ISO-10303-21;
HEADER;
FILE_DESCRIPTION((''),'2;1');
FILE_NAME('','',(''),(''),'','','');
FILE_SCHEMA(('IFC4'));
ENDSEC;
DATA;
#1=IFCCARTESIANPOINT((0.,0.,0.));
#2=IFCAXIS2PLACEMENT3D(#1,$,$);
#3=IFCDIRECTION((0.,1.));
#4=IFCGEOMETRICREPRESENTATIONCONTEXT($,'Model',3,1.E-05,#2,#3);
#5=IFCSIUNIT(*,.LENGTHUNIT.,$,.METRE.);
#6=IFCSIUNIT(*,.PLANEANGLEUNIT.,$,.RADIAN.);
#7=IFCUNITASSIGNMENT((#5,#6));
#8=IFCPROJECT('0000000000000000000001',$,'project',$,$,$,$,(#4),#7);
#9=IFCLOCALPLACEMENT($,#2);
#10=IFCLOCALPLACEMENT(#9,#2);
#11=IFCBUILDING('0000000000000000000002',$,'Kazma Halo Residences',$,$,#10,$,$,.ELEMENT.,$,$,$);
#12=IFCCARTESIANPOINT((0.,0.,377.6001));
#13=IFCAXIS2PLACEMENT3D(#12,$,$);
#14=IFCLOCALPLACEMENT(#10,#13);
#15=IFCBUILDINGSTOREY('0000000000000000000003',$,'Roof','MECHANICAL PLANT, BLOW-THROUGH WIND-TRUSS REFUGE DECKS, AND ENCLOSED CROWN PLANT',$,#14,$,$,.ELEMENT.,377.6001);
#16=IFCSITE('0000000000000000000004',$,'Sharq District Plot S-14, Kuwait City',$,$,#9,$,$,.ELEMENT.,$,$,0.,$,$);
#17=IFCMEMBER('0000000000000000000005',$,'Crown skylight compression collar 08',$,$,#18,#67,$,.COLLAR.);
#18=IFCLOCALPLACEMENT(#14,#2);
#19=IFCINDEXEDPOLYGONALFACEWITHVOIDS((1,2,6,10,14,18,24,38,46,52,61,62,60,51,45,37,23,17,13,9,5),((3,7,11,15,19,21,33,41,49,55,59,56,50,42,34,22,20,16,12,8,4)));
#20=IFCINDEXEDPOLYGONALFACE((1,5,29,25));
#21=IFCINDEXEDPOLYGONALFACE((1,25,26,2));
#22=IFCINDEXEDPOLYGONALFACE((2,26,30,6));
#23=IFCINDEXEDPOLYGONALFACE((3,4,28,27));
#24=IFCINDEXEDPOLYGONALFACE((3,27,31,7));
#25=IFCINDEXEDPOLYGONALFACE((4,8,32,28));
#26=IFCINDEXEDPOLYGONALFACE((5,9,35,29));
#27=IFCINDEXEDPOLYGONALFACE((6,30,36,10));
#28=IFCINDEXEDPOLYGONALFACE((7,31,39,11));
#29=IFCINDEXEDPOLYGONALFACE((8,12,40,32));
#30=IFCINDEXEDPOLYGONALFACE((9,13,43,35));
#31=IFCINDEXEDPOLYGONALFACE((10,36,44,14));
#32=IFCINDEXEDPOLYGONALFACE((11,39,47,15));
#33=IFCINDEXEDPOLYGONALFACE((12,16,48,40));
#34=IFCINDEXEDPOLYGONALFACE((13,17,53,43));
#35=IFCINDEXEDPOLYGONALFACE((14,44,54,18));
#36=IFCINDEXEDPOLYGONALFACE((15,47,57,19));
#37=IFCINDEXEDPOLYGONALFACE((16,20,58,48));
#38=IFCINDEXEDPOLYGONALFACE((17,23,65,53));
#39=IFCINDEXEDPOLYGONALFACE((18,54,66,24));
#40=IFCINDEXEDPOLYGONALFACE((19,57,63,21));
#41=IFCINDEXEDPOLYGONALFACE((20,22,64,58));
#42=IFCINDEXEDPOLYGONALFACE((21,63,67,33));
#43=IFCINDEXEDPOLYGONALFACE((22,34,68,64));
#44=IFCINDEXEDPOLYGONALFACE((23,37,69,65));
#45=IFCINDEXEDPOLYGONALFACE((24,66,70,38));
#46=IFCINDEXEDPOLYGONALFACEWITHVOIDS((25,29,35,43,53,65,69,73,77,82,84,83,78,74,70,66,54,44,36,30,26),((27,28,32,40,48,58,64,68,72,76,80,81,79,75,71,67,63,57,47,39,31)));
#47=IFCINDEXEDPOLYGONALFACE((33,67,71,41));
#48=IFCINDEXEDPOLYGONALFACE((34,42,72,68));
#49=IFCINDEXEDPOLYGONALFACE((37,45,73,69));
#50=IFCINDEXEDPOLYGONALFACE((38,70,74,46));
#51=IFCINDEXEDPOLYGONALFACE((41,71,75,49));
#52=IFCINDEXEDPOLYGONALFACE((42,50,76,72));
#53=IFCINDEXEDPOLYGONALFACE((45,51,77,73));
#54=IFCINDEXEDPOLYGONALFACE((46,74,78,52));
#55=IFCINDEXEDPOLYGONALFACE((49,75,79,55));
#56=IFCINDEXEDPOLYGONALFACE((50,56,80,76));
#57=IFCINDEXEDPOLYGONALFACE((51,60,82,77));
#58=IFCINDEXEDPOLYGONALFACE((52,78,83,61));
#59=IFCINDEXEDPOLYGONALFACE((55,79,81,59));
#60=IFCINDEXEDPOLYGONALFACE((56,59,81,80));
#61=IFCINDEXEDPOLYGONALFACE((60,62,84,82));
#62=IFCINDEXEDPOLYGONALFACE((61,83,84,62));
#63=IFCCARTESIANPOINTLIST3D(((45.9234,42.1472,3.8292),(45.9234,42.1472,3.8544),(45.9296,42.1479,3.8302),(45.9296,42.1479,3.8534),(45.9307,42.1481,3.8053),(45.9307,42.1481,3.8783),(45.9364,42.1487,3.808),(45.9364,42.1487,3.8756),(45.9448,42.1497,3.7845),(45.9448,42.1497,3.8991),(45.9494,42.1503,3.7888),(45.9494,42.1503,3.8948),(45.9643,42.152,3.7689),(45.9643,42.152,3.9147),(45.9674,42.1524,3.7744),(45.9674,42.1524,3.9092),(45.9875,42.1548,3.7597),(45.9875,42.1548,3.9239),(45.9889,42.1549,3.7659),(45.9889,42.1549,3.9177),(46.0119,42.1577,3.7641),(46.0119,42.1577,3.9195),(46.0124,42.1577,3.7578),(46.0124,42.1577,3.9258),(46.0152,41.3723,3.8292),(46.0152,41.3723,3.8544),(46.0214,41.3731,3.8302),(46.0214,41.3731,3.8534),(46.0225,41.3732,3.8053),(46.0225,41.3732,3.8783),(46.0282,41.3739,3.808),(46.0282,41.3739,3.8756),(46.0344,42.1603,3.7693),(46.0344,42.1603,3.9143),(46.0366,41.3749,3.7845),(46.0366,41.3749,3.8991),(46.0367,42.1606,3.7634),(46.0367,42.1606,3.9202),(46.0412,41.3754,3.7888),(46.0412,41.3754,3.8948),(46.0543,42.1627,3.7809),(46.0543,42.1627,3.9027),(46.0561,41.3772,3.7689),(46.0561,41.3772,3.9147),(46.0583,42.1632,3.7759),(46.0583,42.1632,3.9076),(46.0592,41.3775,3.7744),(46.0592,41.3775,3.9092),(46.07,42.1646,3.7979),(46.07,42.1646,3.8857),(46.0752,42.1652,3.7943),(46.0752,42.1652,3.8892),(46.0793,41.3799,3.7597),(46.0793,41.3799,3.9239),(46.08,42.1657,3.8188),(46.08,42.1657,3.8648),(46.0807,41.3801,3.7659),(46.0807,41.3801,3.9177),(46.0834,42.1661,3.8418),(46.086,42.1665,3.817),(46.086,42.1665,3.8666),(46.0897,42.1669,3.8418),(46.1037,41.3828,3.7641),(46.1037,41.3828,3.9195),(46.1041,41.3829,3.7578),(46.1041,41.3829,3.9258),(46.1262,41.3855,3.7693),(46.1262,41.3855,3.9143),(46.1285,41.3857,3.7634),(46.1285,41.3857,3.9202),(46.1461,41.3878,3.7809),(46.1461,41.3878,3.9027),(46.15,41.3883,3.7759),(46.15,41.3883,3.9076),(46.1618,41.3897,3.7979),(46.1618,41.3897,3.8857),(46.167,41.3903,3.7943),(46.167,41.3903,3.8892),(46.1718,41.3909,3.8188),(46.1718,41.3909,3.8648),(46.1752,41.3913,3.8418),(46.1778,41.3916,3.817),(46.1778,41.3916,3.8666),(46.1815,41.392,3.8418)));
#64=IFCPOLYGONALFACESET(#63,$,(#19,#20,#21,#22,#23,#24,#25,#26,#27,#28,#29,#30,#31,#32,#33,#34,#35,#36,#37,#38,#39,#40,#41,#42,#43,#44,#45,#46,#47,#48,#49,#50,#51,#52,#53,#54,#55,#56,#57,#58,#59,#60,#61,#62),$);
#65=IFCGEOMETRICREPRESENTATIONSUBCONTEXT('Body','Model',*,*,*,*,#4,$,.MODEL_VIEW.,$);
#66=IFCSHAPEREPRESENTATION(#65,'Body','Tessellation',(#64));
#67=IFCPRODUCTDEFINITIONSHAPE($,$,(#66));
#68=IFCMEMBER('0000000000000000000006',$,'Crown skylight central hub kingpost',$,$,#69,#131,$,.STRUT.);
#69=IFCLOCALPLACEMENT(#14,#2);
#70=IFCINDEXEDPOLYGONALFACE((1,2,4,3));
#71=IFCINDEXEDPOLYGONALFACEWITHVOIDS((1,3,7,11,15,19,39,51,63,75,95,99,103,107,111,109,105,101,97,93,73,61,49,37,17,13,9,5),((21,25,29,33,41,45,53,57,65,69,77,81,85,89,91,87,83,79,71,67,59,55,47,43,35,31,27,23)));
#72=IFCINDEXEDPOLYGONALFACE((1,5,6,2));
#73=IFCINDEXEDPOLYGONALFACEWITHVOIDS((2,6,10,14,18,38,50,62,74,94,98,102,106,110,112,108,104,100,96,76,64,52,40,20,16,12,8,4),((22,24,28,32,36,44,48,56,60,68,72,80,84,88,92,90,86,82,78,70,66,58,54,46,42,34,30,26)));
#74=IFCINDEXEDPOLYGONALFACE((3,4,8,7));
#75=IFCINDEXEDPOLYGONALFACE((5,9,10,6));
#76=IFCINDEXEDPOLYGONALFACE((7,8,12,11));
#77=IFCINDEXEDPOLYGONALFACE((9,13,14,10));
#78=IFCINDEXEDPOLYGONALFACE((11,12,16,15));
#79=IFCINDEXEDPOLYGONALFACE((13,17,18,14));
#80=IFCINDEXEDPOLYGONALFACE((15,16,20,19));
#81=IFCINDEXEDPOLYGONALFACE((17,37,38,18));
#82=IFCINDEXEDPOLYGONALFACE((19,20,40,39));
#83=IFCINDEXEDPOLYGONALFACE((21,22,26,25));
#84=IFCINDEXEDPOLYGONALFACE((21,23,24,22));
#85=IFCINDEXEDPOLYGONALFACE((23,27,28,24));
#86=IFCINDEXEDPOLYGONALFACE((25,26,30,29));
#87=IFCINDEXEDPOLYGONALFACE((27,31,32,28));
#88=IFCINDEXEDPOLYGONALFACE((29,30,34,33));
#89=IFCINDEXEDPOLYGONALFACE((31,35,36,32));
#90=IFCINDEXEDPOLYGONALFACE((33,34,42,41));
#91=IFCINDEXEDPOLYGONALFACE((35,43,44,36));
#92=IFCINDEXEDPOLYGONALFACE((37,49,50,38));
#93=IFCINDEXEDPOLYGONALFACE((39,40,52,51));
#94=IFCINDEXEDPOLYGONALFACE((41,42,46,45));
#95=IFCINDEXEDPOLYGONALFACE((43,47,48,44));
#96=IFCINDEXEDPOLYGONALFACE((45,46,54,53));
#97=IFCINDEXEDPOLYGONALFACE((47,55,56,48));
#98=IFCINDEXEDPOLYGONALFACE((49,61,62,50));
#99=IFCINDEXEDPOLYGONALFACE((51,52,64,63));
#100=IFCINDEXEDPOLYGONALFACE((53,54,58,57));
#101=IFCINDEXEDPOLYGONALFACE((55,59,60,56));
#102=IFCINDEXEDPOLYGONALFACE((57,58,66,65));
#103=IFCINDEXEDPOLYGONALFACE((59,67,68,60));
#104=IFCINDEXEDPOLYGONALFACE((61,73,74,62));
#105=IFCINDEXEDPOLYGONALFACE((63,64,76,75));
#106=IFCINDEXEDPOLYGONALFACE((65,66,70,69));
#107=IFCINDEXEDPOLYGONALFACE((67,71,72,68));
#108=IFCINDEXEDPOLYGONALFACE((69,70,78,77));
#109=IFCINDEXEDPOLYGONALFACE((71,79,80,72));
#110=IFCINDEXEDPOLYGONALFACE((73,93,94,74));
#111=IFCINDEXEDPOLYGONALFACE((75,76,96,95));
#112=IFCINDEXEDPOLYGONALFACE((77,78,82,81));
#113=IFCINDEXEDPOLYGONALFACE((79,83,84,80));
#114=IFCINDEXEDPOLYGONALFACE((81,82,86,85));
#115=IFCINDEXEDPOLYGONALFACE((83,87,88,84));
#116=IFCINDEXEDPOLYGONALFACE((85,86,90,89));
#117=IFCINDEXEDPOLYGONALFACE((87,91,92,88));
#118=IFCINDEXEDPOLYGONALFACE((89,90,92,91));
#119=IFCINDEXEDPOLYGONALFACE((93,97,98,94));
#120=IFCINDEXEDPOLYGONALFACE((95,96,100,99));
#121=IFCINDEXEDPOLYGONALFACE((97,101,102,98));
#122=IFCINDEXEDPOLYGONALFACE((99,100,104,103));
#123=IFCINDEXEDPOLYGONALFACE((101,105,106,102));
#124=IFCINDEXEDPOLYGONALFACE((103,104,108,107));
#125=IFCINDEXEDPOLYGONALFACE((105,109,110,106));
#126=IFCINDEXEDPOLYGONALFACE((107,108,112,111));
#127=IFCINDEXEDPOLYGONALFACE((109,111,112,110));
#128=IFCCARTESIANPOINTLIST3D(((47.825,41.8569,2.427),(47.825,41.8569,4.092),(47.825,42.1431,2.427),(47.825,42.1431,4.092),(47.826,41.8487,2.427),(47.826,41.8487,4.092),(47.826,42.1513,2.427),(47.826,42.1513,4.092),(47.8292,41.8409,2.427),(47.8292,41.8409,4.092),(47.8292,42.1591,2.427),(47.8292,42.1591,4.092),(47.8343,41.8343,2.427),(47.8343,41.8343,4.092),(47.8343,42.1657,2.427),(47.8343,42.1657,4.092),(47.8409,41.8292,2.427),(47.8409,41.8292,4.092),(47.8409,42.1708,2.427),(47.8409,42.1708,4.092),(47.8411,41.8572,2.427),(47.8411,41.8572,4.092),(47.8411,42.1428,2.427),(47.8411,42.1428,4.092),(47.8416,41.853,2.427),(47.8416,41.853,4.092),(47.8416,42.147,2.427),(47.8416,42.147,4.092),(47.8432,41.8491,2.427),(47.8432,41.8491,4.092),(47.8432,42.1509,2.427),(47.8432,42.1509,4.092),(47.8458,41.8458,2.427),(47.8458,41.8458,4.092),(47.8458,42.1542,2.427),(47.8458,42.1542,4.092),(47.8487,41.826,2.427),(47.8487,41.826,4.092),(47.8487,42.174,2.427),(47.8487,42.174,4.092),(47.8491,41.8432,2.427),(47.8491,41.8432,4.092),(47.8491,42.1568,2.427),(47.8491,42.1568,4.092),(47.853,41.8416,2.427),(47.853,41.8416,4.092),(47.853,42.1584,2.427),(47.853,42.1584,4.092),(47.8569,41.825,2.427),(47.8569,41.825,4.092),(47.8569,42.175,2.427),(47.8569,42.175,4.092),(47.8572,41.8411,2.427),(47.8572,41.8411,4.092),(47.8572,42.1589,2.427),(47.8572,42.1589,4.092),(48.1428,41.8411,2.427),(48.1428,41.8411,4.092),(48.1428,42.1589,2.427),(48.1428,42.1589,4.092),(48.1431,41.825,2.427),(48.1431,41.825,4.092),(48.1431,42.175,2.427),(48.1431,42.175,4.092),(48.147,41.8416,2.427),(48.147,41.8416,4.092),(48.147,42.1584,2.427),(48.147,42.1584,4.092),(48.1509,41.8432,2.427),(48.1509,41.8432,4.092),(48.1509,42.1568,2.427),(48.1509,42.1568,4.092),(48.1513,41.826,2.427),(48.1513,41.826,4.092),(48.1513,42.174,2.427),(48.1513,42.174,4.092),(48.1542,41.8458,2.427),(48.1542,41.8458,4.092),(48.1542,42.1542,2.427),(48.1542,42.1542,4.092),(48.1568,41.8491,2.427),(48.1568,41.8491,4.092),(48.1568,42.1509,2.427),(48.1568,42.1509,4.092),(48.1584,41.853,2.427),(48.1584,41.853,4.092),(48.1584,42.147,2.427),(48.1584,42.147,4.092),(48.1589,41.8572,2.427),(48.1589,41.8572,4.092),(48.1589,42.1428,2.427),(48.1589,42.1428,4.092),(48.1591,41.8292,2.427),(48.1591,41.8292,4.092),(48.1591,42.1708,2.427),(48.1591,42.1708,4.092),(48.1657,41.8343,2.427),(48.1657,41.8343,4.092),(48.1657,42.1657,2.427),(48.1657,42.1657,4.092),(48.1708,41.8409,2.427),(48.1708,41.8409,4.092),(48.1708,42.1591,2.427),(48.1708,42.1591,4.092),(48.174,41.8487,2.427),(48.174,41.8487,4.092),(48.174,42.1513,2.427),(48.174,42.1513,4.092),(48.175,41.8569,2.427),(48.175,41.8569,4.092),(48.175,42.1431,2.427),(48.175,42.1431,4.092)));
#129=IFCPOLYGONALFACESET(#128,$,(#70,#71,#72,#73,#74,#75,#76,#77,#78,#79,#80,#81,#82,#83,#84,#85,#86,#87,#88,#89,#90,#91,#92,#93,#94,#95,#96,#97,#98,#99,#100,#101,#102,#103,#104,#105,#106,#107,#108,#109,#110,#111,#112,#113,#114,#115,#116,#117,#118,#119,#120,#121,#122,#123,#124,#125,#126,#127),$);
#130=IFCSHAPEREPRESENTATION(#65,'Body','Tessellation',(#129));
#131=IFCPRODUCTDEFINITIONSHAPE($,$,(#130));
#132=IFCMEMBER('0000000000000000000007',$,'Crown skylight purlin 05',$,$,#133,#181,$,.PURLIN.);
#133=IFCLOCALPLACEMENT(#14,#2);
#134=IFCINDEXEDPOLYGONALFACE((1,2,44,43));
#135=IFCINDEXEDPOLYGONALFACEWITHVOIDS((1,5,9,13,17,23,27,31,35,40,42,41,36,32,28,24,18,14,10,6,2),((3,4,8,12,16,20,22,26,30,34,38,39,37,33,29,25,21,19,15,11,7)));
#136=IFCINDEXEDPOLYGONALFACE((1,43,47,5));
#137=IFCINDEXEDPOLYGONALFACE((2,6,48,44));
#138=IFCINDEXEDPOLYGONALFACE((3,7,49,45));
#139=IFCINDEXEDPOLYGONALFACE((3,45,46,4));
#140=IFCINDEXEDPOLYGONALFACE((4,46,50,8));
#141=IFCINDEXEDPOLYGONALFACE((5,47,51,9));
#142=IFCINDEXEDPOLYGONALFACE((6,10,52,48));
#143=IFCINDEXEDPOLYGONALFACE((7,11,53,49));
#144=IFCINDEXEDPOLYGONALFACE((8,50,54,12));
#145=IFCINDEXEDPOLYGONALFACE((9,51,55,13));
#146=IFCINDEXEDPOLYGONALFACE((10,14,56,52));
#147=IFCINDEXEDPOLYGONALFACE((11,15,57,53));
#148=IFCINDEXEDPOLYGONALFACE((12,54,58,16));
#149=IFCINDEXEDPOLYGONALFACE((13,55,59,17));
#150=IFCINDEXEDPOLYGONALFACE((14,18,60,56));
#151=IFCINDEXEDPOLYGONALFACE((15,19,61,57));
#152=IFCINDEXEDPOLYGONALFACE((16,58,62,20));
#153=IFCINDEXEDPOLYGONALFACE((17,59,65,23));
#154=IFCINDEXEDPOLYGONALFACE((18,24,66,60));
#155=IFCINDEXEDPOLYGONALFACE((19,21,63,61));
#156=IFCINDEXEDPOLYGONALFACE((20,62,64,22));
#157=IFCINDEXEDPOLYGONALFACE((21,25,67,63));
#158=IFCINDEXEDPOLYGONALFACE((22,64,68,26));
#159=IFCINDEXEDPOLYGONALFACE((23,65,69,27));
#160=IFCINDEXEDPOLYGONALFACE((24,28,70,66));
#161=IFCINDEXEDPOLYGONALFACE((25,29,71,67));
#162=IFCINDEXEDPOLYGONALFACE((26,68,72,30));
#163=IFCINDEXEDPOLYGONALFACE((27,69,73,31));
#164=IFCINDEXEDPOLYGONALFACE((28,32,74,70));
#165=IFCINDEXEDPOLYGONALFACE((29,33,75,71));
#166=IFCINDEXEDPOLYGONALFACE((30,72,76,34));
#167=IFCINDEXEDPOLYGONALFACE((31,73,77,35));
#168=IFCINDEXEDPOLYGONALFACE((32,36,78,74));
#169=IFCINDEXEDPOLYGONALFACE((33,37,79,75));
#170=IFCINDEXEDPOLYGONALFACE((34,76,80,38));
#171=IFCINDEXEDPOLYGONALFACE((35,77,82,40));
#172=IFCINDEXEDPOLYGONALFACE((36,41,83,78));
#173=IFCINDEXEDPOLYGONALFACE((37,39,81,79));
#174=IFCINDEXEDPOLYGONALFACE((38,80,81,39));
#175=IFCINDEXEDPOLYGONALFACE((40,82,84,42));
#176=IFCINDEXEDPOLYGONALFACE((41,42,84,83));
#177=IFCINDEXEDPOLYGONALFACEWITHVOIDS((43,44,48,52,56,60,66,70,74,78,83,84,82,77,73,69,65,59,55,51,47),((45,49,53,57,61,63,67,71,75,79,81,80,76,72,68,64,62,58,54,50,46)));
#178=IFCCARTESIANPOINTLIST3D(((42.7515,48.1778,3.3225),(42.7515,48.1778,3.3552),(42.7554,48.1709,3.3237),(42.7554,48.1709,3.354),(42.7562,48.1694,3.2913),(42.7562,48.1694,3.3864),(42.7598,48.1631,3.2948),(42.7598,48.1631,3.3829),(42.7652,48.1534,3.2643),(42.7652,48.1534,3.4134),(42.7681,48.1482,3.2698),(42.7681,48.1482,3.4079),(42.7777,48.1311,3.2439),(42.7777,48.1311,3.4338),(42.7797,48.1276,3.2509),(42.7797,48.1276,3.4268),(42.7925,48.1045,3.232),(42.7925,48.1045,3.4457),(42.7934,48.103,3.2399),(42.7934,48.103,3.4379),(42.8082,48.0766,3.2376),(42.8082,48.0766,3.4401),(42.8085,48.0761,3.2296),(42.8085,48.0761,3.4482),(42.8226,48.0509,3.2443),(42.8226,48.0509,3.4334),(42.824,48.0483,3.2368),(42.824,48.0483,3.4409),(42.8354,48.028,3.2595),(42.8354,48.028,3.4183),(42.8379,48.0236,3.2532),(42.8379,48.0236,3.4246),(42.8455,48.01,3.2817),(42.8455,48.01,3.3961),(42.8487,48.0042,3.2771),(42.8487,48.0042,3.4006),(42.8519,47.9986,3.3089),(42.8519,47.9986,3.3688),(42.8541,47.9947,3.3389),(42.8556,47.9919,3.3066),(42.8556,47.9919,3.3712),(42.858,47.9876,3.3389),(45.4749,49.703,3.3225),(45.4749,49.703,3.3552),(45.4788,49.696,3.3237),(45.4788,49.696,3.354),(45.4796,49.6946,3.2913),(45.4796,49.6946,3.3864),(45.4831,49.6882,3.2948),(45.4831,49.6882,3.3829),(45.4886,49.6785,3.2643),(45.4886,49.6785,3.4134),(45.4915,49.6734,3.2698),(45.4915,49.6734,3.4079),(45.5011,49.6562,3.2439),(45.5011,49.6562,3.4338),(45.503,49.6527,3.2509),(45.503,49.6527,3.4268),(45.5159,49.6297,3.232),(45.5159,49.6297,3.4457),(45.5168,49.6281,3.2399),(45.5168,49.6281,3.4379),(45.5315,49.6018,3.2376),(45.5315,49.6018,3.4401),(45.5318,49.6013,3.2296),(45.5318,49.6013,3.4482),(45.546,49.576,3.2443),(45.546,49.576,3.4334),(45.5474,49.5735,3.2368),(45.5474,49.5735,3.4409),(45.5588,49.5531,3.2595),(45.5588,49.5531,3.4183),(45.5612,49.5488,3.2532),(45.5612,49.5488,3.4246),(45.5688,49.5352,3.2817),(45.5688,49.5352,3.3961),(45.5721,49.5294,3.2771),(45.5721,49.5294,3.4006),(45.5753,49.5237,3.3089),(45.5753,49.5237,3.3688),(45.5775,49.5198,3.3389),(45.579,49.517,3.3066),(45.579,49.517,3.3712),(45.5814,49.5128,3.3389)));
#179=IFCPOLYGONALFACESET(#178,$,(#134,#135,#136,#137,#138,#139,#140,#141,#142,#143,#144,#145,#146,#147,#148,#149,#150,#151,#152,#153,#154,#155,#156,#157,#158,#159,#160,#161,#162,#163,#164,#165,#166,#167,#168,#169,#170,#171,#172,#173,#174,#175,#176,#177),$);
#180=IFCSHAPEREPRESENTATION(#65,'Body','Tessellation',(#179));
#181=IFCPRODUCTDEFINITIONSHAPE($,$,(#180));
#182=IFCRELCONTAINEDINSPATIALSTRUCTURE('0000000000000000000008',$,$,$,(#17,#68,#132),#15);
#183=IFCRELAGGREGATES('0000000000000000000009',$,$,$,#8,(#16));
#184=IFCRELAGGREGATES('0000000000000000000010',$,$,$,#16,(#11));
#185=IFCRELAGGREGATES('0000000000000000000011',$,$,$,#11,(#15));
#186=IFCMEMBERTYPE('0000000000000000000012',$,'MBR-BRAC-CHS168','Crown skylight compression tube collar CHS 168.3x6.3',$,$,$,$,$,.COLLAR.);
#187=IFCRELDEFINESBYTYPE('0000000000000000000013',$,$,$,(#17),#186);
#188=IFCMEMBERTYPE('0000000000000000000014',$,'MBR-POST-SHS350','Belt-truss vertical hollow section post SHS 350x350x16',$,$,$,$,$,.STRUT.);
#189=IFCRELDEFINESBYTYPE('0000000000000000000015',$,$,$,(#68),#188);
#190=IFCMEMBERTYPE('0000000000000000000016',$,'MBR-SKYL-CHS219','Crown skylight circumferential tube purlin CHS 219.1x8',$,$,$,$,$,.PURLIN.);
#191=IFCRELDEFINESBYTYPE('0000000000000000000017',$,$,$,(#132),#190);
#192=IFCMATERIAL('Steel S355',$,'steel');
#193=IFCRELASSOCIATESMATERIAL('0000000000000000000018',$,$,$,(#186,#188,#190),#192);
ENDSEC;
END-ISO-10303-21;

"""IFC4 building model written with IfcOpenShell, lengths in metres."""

from ifc_helpers import new_model, si_unit, direction, frame, origin, origin_2d, place, context, subcontext, project, spatial, hollow_rectangle, hollow_circle, extrude, material, material_profile, profile_set, type_object, element, save


model = new_model("IFC4")

# Units and contexts
model_context = context("Model", 3, precision=1e-05, world=origin(), true_north=direction((0.0, 1.0)))
body_context = subcontext(model_context, "Body", "Model", "MODEL_VIEW")
ifc_project = project(units=[si_unit("LENGTHUNIT", "METRE"), si_unit("PLANEANGLEUNIT", "RADIAN")], contexts=[model_context])

# Site, building, storey
site_placement = place(None, origin())
site = spatial("IfcSite", under=ifc_project, at=site_placement, Name="Sharq District Plot S-14, Kuwait City", CompositionType="ELEMENT", RefElevation=0.0)
building_placement = place(site_placement, origin())
building = spatial("IfcBuilding", under=site, at=building_placement, Name="Kazma Halo Residences", CompositionType="ELEMENT")
storey_placement = place(building_placement, frame((0.0, 0.0, 377.6001)))
storey = spatial("IfcBuildingStorey", under=building, at=storey_placement, Name="Roof", Description="MECHANICAL PLANT, BLOW-THROUGH WIND-TRUSS REFUGE DECKS, AND ENCLOSED CROWN PLANT", CompositionType="ELEMENT", Elevation=377.6001)

# Shared definitions
ifc_material_1 = material(Name="Steel S355", Category="steel")

# Members
ifc_material_profile_1 = material_profile(ifc_material_1, hollow_circle(Radius=0.0842, WallThickness=0.0063, at=origin_2d()), Name="CHS168.3x6.3")
ifc_profile_set_1 = profile_set([ifc_material_profile_1], Name="Steel S355")
member_type_1 = type_object("IfcMemberType", Name="MBR-BRAC-CHS168", Description="Crown skylight compression tube collar CHS 168.3x6.3", PredefinedType="COLLAR", material=ifc_profile_set_1)
for number, where, z_axis, x_axis, name in (
    (1, (46.0061, 42.157, 3.8418), (0.11764, -0.993056, 0.0), (0.993056, 0.11764, 0.0), "Crown skylight compression collar 08"),
):
    element("IfcMember", number, at=place(storey_placement, frame(where, z_axis=z_axis, x_axis=x_axis)), inside=storey, type_object=member_type_1, Name=name, PredefinedType="COLLAR", context=body_context, shape_type="SweptSolid", body=[
        extrude(hollow_circle(Radius=0.0842, WallThickness=0.0063, at=origin_2d()), origin(), (0.0, 0.0, 1.0), 0.7803),
    ])
ifc_material_profile_2 = material_profile(ifc_material_1, hollow_rectangle(XDim=0.3501, YDim=0.3501, WallThickness=0.0161, InnerFilletRadius=0.0161, OuterFilletRadius=0.032, at=origin_2d()), Name="SHS350x350x16")
ifc_profile_set_2 = profile_set([ifc_material_profile_2], Name="Steel S355")
member_type_2 = type_object("IfcMemberType", Name="MBR-POST-SHS350", Description="Belt-truss vertical hollow section post SHS 350x350x16", PredefinedType="STRUT", material=ifc_profile_set_2)
member_1_placement = place(storey_placement, frame((48.0, 42.0, 2.427), z_axis=(0.0, 0.0, 1.0), x_axis=(1.0, 0.0, 0.0)))
element("IfcMember", 2, at=member_1_placement, inside=storey, type_object=member_type_2, Name="Crown skylight central hub kingpost", PredefinedType="STRUT", context=body_context, shape_type="SweptSolid", body=[
    extrude(hollow_rectangle(XDim=0.3501, YDim=0.3501, WallThickness=0.0161, InnerFilletRadius=0.0161, OuterFilletRadius=0.032, at=origin_2d()), origin(), (0.0, 0.0, 1.0), 1.665),
])
ifc_material_profile_3 = material_profile(ifc_material_1, hollow_circle(Radius=0.1096, WallThickness=0.0081, at=origin_2d()), Name="CHS219.1x8")
ifc_profile_set_3 = profile_set([ifc_material_profile_3], Name="Steel S355")
member_type_3 = type_object("IfcMemberType", Name="MBR-SKYL-CHS219", Description="Crown skylight circumferential tube purlin CHS 219.1x8", PredefinedType="PURLIN", material=ifc_profile_set_3)
member_2_placement = place(storey_placement, frame((45.5278, 49.6084, 3.3389), z_axis=(-0.872499, -0.488615, 0.0), x_axis=(0.488615, -0.872499, 0.0)))
element("IfcMember", 3, at=member_2_placement, inside=storey, type_object=member_type_3, Name="Crown skylight purlin 05", PredefinedType="PURLIN", context=body_context, shape_type="SweptSolid", body=[
    extrude(hollow_circle(Radius=0.1096, WallThickness=0.0081, at=origin_2d()), origin(), (0.0, 0.0, 1.0), 3.1213),
])

save(model, "model.ifc")
